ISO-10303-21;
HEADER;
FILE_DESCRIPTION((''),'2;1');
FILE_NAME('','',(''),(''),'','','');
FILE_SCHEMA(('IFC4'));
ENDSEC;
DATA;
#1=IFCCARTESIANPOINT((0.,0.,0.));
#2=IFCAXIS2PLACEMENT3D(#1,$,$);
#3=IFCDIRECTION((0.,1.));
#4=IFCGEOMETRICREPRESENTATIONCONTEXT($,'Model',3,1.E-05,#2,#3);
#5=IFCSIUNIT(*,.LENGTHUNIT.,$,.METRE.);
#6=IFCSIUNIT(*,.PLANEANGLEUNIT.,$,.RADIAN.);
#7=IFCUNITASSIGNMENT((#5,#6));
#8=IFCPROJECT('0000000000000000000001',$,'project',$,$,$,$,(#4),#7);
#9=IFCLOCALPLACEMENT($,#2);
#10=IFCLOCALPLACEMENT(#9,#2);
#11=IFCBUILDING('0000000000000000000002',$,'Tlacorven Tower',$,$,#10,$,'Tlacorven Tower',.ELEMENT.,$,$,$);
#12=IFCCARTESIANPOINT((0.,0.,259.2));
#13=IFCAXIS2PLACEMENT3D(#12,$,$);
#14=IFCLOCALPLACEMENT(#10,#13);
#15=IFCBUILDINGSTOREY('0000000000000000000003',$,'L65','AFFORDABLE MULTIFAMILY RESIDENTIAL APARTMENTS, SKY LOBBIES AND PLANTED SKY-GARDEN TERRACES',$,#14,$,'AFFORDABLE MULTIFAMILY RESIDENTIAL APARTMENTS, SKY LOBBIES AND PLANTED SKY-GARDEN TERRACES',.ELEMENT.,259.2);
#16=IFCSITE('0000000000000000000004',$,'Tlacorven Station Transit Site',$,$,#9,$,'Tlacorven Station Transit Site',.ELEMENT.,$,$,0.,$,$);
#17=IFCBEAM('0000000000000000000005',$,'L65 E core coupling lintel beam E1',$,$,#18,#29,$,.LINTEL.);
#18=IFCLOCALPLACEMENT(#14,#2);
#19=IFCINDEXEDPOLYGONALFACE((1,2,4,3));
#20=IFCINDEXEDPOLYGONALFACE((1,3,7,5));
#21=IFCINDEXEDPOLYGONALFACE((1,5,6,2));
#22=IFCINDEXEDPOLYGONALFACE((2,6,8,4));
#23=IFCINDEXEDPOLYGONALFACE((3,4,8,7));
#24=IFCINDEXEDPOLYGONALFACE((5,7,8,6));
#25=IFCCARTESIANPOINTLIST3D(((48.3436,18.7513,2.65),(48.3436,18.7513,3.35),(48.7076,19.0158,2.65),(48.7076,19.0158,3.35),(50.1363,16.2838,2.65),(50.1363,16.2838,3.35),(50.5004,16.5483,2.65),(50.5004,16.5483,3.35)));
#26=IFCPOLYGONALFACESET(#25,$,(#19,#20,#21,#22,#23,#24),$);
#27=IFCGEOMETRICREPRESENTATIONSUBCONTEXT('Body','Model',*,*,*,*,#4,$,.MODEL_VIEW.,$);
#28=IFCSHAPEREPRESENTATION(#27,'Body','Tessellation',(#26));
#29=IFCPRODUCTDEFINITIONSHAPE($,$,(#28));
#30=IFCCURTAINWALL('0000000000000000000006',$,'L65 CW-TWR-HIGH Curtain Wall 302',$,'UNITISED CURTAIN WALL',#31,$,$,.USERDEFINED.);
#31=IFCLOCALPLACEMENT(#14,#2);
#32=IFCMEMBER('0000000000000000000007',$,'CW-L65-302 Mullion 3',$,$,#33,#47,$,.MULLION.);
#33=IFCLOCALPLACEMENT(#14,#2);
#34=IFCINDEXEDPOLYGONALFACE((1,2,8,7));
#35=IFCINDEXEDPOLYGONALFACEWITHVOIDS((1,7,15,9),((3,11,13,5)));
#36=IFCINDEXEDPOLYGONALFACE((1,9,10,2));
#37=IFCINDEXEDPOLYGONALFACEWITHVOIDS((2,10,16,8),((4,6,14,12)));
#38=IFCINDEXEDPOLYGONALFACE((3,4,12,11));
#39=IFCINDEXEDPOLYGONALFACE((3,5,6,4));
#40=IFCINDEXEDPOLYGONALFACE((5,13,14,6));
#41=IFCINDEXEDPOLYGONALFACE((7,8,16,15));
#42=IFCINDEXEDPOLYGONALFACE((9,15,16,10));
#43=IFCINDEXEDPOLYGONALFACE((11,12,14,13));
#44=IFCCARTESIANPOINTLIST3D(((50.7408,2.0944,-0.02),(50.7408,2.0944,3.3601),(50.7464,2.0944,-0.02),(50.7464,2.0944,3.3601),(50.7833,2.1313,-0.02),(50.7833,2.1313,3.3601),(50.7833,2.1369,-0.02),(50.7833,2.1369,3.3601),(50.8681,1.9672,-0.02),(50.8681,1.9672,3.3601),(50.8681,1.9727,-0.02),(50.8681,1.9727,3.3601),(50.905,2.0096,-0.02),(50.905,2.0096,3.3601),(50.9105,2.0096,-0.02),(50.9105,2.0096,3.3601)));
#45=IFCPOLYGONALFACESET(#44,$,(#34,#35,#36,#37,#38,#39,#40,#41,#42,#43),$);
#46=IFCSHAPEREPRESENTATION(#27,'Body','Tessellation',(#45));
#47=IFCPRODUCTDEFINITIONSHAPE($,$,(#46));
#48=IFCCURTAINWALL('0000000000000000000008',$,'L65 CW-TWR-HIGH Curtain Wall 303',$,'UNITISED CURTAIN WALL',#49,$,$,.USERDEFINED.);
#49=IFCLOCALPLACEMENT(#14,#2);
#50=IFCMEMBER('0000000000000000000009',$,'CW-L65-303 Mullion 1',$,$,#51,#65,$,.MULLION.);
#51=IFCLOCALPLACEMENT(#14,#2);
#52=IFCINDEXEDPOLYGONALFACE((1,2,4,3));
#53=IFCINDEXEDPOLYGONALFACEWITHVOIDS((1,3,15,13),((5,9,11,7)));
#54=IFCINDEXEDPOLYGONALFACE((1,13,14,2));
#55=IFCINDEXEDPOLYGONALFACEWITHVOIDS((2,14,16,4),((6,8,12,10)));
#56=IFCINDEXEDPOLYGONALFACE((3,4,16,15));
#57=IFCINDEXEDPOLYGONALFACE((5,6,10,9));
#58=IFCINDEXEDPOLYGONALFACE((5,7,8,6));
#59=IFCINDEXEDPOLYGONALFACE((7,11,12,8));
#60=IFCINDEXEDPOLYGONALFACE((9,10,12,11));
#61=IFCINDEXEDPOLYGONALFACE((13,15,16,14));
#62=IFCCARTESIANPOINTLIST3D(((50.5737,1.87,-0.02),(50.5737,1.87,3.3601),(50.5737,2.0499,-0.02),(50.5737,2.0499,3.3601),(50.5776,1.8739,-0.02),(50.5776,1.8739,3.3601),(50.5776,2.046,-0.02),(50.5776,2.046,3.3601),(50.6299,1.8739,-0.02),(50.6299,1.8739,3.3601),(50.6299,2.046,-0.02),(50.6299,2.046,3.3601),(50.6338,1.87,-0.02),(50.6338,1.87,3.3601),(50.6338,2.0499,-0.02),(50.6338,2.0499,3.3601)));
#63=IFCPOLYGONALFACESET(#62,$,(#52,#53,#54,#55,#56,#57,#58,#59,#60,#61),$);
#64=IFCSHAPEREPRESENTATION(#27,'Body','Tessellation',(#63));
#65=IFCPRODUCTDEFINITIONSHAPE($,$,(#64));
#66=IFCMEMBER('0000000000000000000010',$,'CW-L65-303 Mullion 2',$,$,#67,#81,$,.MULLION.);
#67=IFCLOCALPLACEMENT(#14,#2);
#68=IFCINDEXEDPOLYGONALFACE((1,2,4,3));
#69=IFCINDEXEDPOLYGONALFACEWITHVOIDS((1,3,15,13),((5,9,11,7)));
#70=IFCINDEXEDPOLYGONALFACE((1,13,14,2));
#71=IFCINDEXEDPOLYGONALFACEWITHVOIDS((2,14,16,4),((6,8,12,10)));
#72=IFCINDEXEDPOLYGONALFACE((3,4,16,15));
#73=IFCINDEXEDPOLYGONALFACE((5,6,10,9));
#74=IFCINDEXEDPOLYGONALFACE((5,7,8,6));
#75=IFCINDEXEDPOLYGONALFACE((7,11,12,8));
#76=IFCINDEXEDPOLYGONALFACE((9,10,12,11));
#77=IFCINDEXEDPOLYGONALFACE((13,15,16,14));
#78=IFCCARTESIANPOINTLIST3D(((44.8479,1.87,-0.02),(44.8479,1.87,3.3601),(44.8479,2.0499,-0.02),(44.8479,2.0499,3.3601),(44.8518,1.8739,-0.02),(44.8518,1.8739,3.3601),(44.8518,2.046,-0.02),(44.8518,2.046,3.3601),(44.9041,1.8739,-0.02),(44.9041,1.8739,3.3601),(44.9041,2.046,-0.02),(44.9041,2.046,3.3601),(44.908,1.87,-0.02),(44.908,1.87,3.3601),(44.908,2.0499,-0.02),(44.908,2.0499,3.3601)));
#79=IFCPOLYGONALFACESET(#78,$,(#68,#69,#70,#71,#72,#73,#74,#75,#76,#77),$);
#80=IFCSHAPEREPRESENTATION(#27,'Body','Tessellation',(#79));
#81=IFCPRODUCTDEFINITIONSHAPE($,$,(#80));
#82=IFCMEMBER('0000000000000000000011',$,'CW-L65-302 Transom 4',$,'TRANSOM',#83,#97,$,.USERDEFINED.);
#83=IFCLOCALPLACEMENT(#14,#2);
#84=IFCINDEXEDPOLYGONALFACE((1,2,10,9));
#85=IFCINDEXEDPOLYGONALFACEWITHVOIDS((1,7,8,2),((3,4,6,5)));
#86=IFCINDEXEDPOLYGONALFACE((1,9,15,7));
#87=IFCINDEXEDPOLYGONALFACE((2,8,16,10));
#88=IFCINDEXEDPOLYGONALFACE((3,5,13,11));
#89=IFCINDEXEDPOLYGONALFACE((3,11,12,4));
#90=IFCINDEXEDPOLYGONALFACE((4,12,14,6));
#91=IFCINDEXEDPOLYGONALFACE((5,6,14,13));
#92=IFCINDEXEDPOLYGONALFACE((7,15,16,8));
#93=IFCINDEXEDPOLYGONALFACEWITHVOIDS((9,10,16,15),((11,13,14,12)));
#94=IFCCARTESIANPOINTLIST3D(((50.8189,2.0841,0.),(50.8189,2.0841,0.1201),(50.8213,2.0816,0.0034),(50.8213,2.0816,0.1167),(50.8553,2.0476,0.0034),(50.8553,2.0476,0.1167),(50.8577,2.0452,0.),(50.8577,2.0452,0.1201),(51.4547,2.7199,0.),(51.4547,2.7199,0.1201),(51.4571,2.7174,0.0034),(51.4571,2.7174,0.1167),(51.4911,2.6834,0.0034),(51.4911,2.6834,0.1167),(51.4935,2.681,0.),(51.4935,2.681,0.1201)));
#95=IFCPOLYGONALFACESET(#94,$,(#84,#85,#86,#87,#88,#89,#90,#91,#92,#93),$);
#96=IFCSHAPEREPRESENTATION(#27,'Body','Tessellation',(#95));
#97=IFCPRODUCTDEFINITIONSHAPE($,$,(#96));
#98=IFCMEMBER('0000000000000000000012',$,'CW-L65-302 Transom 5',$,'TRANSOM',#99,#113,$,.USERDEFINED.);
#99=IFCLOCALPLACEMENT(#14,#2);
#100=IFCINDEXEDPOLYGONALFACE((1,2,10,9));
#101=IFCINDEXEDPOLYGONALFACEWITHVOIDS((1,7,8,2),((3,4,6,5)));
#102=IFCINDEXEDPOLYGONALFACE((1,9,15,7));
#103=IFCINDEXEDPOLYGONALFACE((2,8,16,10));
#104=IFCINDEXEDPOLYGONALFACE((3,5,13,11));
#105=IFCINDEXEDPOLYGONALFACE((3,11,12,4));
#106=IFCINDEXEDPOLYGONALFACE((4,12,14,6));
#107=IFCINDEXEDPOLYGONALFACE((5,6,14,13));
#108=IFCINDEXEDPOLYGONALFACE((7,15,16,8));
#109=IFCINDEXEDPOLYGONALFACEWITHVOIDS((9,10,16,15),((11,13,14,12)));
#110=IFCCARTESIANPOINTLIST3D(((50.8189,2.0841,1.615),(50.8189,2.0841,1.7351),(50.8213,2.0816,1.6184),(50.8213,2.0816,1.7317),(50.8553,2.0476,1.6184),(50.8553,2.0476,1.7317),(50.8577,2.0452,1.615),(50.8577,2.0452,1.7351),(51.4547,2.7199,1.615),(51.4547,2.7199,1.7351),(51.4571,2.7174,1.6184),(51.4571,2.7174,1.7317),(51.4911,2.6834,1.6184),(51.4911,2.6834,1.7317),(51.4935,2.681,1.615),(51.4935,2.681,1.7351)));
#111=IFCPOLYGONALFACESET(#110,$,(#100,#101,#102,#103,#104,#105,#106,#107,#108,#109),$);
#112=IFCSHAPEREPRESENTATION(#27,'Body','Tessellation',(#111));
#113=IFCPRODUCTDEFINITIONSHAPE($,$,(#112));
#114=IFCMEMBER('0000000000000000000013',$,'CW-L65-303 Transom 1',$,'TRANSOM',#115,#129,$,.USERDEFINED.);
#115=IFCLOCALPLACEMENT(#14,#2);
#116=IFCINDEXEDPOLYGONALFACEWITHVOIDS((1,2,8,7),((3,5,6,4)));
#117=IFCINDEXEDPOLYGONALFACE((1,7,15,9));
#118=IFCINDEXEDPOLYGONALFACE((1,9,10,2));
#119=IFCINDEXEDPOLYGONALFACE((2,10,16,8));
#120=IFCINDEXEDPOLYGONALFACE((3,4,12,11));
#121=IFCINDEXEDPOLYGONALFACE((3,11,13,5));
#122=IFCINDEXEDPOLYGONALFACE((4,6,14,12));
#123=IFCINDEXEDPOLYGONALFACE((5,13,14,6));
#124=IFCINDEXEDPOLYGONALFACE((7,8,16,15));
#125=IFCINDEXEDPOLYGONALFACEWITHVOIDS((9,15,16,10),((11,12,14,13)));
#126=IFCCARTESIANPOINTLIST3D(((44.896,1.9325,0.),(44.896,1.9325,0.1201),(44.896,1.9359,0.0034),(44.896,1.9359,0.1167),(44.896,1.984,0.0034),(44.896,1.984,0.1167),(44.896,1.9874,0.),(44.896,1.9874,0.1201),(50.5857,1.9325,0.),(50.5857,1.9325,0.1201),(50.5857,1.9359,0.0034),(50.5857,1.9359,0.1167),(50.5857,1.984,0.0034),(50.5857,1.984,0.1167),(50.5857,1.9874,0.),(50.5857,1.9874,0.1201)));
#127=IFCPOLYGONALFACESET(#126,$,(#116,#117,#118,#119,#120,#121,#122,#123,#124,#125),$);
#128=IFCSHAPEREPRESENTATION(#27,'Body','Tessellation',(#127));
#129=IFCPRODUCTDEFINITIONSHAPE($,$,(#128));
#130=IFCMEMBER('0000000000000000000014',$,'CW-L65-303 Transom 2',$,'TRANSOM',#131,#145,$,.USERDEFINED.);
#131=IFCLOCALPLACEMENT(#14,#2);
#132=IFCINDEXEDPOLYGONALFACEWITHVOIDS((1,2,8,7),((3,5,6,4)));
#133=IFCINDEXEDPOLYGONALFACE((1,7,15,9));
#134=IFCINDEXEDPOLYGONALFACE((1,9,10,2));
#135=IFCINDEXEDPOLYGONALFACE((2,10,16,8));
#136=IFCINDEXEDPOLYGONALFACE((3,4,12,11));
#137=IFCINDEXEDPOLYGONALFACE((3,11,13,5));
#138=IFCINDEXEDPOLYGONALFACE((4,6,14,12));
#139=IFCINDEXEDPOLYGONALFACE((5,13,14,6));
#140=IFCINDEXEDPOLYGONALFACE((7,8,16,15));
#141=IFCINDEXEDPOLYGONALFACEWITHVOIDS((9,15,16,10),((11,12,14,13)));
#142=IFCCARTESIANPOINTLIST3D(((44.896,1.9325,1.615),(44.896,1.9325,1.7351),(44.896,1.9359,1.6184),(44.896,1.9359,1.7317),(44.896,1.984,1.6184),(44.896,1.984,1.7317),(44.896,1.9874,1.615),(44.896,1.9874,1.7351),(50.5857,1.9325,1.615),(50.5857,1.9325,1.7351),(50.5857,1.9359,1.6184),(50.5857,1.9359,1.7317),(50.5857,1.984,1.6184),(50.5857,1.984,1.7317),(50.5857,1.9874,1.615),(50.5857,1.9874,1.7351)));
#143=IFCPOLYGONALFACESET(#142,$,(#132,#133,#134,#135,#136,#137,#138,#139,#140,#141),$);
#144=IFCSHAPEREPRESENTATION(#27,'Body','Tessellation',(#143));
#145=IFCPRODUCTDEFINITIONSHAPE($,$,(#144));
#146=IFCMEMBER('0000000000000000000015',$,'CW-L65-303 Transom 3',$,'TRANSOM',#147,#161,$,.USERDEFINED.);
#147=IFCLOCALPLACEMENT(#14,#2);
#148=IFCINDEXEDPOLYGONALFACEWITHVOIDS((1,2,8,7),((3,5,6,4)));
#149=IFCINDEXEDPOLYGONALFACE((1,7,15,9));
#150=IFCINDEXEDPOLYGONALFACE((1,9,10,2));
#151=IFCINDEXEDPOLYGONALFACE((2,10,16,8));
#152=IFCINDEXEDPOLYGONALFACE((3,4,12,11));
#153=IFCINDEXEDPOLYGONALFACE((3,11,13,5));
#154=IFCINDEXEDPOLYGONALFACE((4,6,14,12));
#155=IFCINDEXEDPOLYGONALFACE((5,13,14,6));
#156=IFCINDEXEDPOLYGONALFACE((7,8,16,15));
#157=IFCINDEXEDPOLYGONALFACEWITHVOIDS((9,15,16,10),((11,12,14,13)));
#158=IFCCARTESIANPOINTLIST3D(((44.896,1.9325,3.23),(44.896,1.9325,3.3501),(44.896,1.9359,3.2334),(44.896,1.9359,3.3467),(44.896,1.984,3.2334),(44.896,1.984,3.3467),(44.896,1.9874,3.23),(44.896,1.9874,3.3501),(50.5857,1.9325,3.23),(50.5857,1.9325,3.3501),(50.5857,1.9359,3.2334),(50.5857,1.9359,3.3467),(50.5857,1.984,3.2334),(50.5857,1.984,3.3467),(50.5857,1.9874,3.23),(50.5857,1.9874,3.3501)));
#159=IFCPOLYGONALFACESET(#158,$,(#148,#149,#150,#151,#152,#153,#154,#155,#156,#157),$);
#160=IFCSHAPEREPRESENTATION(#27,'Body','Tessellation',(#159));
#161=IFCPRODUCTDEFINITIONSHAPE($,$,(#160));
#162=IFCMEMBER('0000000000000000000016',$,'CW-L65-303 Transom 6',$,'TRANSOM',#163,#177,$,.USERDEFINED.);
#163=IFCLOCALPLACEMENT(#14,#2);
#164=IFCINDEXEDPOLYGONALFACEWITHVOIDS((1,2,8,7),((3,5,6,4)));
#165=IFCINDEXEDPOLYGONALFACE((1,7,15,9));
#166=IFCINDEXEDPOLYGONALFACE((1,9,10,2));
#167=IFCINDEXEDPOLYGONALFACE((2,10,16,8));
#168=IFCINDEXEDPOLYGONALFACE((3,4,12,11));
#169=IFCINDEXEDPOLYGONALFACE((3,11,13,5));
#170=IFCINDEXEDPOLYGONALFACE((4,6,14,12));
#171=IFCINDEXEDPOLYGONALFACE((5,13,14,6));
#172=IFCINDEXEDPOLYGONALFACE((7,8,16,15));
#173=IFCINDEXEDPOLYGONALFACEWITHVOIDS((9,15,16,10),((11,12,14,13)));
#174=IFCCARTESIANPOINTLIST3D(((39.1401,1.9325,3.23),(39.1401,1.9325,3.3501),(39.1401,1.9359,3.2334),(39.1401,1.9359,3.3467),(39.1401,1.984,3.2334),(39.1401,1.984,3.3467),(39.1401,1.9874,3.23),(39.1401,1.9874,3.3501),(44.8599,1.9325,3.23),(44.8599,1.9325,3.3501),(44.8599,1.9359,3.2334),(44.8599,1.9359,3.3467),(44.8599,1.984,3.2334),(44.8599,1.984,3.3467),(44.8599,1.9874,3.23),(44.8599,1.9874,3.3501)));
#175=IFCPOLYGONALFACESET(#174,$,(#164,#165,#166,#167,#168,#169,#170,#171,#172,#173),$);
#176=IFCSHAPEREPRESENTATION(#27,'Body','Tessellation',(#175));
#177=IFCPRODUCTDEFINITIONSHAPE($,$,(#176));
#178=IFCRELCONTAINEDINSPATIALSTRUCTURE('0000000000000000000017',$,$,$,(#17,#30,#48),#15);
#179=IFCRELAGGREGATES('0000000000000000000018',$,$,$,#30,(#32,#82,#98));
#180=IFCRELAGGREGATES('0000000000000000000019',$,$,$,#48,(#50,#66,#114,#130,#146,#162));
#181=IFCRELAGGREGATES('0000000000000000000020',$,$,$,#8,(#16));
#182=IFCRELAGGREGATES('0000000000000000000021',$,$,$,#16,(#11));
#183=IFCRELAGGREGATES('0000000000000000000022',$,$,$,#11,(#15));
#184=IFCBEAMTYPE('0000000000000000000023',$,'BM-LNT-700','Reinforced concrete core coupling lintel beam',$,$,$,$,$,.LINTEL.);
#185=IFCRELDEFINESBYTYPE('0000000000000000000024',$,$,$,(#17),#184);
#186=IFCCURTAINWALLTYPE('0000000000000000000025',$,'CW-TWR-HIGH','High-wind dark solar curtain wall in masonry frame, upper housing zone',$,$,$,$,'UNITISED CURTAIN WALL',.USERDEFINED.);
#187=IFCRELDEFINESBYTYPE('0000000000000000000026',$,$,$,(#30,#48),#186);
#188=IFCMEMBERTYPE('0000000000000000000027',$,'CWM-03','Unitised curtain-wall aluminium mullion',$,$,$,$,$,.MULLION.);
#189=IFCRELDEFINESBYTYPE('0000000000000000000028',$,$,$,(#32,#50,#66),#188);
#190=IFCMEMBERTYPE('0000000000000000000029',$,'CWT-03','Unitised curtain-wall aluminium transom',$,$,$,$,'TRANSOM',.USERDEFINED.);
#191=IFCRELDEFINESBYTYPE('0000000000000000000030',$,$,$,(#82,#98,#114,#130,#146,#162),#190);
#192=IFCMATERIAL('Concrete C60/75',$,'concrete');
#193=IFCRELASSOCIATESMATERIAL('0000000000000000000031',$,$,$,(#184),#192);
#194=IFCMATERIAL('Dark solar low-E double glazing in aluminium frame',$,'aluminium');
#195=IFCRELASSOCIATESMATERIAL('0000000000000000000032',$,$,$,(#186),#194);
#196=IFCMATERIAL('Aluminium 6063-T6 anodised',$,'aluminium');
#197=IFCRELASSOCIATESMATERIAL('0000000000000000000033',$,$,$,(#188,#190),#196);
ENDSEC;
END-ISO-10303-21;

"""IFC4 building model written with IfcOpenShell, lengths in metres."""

from ifc_helpers import new_model, si_unit, direction, frame, origin, origin_2d, place, context, subcontext, project, spatial, rectangle, hollow_rectangle, extrude, source, transform, mapped, material, material_profile, profile_set, type_object, element, aggregate, save


model = new_model("IFC4")

# Units and contexts
model_context = context("Model", 3, precision=1e-05, world=origin(), true_north=direction((0.0, 1.0)))
body_context = subcontext(model_context, "Body", "Model", "MODEL_VIEW")
ifc_project = project(units=[si_unit("LENGTHUNIT", "METRE"), si_unit("PLANEANGLEUNIT", "RADIAN")], contexts=[model_context])

# Site, building, storey
site_placement = place(None, origin())
site = spatial("IfcSite", under=ifc_project, at=site_placement, Name="Tlacorven Station Transit Site", LongName="Tlacorven Station Transit Site", CompositionType="ELEMENT", RefElevation=0.0)
building_placement = place(site_placement, origin())
building = spatial("IfcBuilding", under=site, at=building_placement, Name="Tlacorven Tower", LongName="Tlacorven Tower", CompositionType="ELEMENT")
storey_placement = place(building_placement, frame((0.0, 0.0, 259.2)))
storey = spatial("IfcBuildingStorey", under=building, at=storey_placement, Name="L65", Description="AFFORDABLE MULTIFAMILY RESIDENTIAL APARTMENTS, SKY LOBBIES AND PLANTED SKY-GARDEN TERRACES", LongName="AFFORDABLE MULTIFAMILY RESIDENTIAL APARTMENTS, SKY LOBBIES AND PLANTED SKY-GARDEN TERRACES", CompositionType="ELEMENT", Elevation=259.2)

# Beam
ifc_material_1 = material(Name="Concrete C60/75", Category="concrete")
ifc_material_profile_1 = material_profile(ifc_material_1, rectangle(XDim=0.45, YDim=0.7, at=origin_2d()), Name="RC 450X700")
ifc_profile_set_1 = profile_set([ifc_material_profile_1], Name="Concrete C60/75")
beam_type = type_object("IfcBeamType", Name="BM-LNT-700", Description="Reinforced concrete core coupling lintel beam", PredefinedType="LINTEL", material=ifc_profile_set_1)
shared_shape_1 = source(origin(), body_context, "Body", "SweptSolid", [
    extrude(rectangle(XDim=0.45, YDim=0.7, at=origin_2d()), origin(), (0.0, 0.0, 1.0), 3.05),
])
beam_placement = place(storey_placement, frame((50.3184, 16.416, 3.0), z_axis=(-0.587777, 0.809023, 0.0), x_axis=(-0.809023, -0.587777, 0.0)))
element("IfcBeam", 1, at=beam_placement, inside=storey, type_object=beam_type, Name="L65 E core coupling lintel beam E1", PredefinedType="LINTEL", context=body_context, shape_type="MappedRepresentation", body=[
    mapped(shared_shape_1, transform((0.0, 0.0, 0.0), scale=1.0)),
])

# Curtain wall, member
ifc_material_2 = material(Name="Dark solar low-E double glazing in aluminium frame", Category="aluminium")
curtain_wall_type = type_object("IfcCurtainWallType", Name="CW-TWR-HIGH", Description="High-wind dark solar curtain wall in masonry frame, upper housing zone", ElementType="UNITISED CURTAIN WALL", PredefinedType="USERDEFINED", material=ifc_material_2)
curtain_wall_1_placement = place(storey_placement, origin())
curtain_wall_1 = element("IfcCurtainWall", 2, at=curtain_wall_1_placement, inside=storey, type_object=curtain_wall_type, Name="L65 CW-TWR-HIGH Curtain Wall 302", ObjectType="UNITISED CURTAIN WALL", PredefinedType="USERDEFINED")
ifc_material_3 = material(Name="Aluminium 6063-T6 anodised", Category="aluminium")
ifc_material_profile_2 = material_profile(ifc_material_3, hollow_rectangle(XDim=0.0601, YDim=0.1799, WallThickness=0.0039, at=origin_2d()), Name="ALU MULLION 60X180")
ifc_profile_set_2 = profile_set([ifc_material_profile_2], Name="Aluminium 6063-T6 anodised")
member_type_1 = type_object("IfcMemberType", Name="CWM-03", Description="Unitised curtain-wall aluminium mullion", PredefinedType="MULLION", material=ifc_profile_set_2)
shared_shape_2 = source(origin(), body_context, "Body", "SweptSolid", [
    extrude(hollow_rectangle(XDim=0.0601, YDim=0.1799, WallThickness=0.0039, at=origin_2d()), origin(), (0.0, 0.0, 1.0), 3.3801),
])
member_1_placement = place(storey_placement, frame((50.8257, 2.052, -0.02), z_axis=(0.0, 0.0, 1.0), x_axis=(-0.707107, -0.707107, 0.0)))
member_1 = element("IfcMember", 3, at=member_1_placement, type_object=member_type_1, Name="CW-L65-302 Mullion 3", PredefinedType="MULLION", context=body_context, shape_type="MappedRepresentation", body=[
    mapped(shared_shape_2, transform((0.0, 0.0, 0.0), scale=1.0)),
])

# Curtain wall, members
curtain_wall_2_placement = place(storey_placement, origin())
curtain_wall_2 = element("IfcCurtainWall", 4, at=curtain_wall_2_placement, inside=storey, type_object=curtain_wall_type, Name="L65 CW-TWR-HIGH Curtain Wall 303", ObjectType="UNITISED CURTAIN WALL", PredefinedType="USERDEFINED")
member_2_placement = place(storey_placement, frame((50.6038, 1.96, -0.02), z_axis=(0.0, 0.0, 1.0), x_axis=(-1.0, 0.0, 0.0)))
member_2 = element("IfcMember", 5, at=member_2_placement, type_object=member_type_1, Name="CW-L65-303 Mullion 1", PredefinedType="MULLION", context=body_context, shape_type="MappedRepresentation", body=[
    mapped(shared_shape_2, transform((0.0, 0.0, 0.0), scale=1.0)),
])
member_3_placement = place(storey_placement, frame((44.8779, 1.96, -0.02), z_axis=(0.0, 0.0, 1.0), x_axis=(-1.0, 0.0, 0.0)))
member_3 = element("IfcMember", 6, at=member_3_placement, type_object=member_type_1, Name="CW-L65-303 Mullion 2", PredefinedType="MULLION", context=body_context, shape_type="MappedRepresentation", body=[
    mapped(shared_shape_2, transform((0.0, 0.0, 0.0), scale=1.0)),
])

# Members
ifc_material_profile_3 = material_profile(ifc_material_3, hollow_rectangle(XDim=0.0549, YDim=0.1201, WallThickness=0.0034, at=origin_2d()), Name="ALU TRANSOM 55X120")
ifc_profile_set_3 = profile_set([ifc_material_profile_3], Name="Aluminium 6063-T6 anodised")
member_type_2 = type_object("IfcMemberType", Name="CWT-03", Description="Unitised curtain-wall aluminium transom", ElementType="TRANSOM", PredefinedType="USERDEFINED", material=ifc_profile_set_3)
shared_shape_3 = source(origin(), body_context, "Body", "SweptSolid", [
    extrude(hollow_rectangle(XDim=0.0549, YDim=0.1201, WallThickness=0.0034, at=origin_2d()), origin(), (0.0, 0.0, 1.0), 0.8992),
])
member_4_placement = place(storey_placement, frame((51.4741, 2.7004, 0.0601), z_axis=(-0.707107, -0.707107, 0.0), x_axis=(0.707107, -0.707107, 0.0)))
member_4 = element("IfcMember", 7, at=member_4_placement, type_object=member_type_2, Name="CW-L65-302 Transom 4", ObjectType="TRANSOM", PredefinedType="USERDEFINED", context=body_context, shape_type="MappedRepresentation", body=[
    mapped(shared_shape_3, transform((0.0, 0.0, 0.0), scale=1.0)),
])
member_5_placement = place(storey_placement, frame((51.4741, 2.7004, 1.675), z_axis=(-0.707107, -0.707107, 0.0), x_axis=(0.707107, -0.707107, 0.0)))
member_5 = element("IfcMember", 8, at=member_5_placement, type_object=member_type_2, Name="CW-L65-302 Transom 5", ObjectType="TRANSOM", PredefinedType="USERDEFINED", context=body_context, shape_type="MappedRepresentation", body=[
    mapped(shared_shape_3, transform((0.0, 0.0, 0.0), scale=1.0)),
])
shared_shape_4 = source(origin(), body_context, "Body", "SweptSolid", [
    extrude(hollow_rectangle(XDim=0.0549, YDim=0.1201, WallThickness=0.0034, at=origin_2d()), origin(), (0.0, 0.0, 1.0), 5.6897),
])
member_6_placement = place(storey_placement, frame((50.5857, 1.96, 0.0601), z_axis=(-1.0, 0.0, 0.0), x_axis=(0.0, -1.0, 0.0)))
member_6 = element("IfcMember", 9, at=member_6_placement, type_object=member_type_2, Name="CW-L65-303 Transom 1", ObjectType="TRANSOM", PredefinedType="USERDEFINED", context=body_context, shape_type="MappedRepresentation", body=[
    mapped(shared_shape_4, transform((0.0, 0.0, 0.0), scale=1.0)),
])
member_7_placement = place(storey_placement, frame((50.5857, 1.96, 1.675), z_axis=(-1.0, 0.0, 0.0), x_axis=(0.0, -1.0, 0.0)))
member_7 = element("IfcMember", 10, at=member_7_placement, type_object=member_type_2, Name="CW-L65-303 Transom 2", ObjectType="TRANSOM", PredefinedType="USERDEFINED", context=body_context, shape_type="MappedRepresentation", body=[
    mapped(shared_shape_4, transform((0.0, 0.0, 0.0), scale=1.0)),
])
member_8_placement = place(storey_placement, frame((50.5857, 1.96, 3.29), z_axis=(-1.0, 0.0, 0.0), x_axis=(0.0, -1.0, 0.0)))
member_8 = element("IfcMember", 11, at=member_8_placement, type_object=member_type_2, Name="CW-L65-303 Transom 3", ObjectType="TRANSOM", PredefinedType="USERDEFINED", context=body_context, shape_type="MappedRepresentation", body=[
    mapped(shared_shape_4, transform((0.0, 0.0, 0.0), scale=1.0)),
])
shared_shape_5 = source(origin(), body_context, "Body", "SweptSolid", [
    extrude(hollow_rectangle(XDim=0.0549, YDim=0.1201, WallThickness=0.0034, at=origin_2d()), origin(), (0.0, 0.0, 1.0), 5.7197),
])
member_9_placement = place(storey_placement, frame((44.8599, 1.96, 3.29), z_axis=(-1.0, 0.0, 0.0), x_axis=(0.0, -1.0, 0.0)))
member_9 = element("IfcMember", 12, at=member_9_placement, type_object=member_type_2, Name="CW-L65-303 Transom 6", ObjectType="TRANSOM", PredefinedType="USERDEFINED", context=body_context, shape_type="MappedRepresentation", body=[
    mapped(shared_shape_5, transform((0.0, 0.0, 0.0), scale=1.0)),
])

aggregate(curtain_wall_1, [member_1, member_4, member_5])
aggregate(curtain_wall_2, [member_2, member_3, member_6, member_7, member_8, member_9])

save(model, "model.ifc")
